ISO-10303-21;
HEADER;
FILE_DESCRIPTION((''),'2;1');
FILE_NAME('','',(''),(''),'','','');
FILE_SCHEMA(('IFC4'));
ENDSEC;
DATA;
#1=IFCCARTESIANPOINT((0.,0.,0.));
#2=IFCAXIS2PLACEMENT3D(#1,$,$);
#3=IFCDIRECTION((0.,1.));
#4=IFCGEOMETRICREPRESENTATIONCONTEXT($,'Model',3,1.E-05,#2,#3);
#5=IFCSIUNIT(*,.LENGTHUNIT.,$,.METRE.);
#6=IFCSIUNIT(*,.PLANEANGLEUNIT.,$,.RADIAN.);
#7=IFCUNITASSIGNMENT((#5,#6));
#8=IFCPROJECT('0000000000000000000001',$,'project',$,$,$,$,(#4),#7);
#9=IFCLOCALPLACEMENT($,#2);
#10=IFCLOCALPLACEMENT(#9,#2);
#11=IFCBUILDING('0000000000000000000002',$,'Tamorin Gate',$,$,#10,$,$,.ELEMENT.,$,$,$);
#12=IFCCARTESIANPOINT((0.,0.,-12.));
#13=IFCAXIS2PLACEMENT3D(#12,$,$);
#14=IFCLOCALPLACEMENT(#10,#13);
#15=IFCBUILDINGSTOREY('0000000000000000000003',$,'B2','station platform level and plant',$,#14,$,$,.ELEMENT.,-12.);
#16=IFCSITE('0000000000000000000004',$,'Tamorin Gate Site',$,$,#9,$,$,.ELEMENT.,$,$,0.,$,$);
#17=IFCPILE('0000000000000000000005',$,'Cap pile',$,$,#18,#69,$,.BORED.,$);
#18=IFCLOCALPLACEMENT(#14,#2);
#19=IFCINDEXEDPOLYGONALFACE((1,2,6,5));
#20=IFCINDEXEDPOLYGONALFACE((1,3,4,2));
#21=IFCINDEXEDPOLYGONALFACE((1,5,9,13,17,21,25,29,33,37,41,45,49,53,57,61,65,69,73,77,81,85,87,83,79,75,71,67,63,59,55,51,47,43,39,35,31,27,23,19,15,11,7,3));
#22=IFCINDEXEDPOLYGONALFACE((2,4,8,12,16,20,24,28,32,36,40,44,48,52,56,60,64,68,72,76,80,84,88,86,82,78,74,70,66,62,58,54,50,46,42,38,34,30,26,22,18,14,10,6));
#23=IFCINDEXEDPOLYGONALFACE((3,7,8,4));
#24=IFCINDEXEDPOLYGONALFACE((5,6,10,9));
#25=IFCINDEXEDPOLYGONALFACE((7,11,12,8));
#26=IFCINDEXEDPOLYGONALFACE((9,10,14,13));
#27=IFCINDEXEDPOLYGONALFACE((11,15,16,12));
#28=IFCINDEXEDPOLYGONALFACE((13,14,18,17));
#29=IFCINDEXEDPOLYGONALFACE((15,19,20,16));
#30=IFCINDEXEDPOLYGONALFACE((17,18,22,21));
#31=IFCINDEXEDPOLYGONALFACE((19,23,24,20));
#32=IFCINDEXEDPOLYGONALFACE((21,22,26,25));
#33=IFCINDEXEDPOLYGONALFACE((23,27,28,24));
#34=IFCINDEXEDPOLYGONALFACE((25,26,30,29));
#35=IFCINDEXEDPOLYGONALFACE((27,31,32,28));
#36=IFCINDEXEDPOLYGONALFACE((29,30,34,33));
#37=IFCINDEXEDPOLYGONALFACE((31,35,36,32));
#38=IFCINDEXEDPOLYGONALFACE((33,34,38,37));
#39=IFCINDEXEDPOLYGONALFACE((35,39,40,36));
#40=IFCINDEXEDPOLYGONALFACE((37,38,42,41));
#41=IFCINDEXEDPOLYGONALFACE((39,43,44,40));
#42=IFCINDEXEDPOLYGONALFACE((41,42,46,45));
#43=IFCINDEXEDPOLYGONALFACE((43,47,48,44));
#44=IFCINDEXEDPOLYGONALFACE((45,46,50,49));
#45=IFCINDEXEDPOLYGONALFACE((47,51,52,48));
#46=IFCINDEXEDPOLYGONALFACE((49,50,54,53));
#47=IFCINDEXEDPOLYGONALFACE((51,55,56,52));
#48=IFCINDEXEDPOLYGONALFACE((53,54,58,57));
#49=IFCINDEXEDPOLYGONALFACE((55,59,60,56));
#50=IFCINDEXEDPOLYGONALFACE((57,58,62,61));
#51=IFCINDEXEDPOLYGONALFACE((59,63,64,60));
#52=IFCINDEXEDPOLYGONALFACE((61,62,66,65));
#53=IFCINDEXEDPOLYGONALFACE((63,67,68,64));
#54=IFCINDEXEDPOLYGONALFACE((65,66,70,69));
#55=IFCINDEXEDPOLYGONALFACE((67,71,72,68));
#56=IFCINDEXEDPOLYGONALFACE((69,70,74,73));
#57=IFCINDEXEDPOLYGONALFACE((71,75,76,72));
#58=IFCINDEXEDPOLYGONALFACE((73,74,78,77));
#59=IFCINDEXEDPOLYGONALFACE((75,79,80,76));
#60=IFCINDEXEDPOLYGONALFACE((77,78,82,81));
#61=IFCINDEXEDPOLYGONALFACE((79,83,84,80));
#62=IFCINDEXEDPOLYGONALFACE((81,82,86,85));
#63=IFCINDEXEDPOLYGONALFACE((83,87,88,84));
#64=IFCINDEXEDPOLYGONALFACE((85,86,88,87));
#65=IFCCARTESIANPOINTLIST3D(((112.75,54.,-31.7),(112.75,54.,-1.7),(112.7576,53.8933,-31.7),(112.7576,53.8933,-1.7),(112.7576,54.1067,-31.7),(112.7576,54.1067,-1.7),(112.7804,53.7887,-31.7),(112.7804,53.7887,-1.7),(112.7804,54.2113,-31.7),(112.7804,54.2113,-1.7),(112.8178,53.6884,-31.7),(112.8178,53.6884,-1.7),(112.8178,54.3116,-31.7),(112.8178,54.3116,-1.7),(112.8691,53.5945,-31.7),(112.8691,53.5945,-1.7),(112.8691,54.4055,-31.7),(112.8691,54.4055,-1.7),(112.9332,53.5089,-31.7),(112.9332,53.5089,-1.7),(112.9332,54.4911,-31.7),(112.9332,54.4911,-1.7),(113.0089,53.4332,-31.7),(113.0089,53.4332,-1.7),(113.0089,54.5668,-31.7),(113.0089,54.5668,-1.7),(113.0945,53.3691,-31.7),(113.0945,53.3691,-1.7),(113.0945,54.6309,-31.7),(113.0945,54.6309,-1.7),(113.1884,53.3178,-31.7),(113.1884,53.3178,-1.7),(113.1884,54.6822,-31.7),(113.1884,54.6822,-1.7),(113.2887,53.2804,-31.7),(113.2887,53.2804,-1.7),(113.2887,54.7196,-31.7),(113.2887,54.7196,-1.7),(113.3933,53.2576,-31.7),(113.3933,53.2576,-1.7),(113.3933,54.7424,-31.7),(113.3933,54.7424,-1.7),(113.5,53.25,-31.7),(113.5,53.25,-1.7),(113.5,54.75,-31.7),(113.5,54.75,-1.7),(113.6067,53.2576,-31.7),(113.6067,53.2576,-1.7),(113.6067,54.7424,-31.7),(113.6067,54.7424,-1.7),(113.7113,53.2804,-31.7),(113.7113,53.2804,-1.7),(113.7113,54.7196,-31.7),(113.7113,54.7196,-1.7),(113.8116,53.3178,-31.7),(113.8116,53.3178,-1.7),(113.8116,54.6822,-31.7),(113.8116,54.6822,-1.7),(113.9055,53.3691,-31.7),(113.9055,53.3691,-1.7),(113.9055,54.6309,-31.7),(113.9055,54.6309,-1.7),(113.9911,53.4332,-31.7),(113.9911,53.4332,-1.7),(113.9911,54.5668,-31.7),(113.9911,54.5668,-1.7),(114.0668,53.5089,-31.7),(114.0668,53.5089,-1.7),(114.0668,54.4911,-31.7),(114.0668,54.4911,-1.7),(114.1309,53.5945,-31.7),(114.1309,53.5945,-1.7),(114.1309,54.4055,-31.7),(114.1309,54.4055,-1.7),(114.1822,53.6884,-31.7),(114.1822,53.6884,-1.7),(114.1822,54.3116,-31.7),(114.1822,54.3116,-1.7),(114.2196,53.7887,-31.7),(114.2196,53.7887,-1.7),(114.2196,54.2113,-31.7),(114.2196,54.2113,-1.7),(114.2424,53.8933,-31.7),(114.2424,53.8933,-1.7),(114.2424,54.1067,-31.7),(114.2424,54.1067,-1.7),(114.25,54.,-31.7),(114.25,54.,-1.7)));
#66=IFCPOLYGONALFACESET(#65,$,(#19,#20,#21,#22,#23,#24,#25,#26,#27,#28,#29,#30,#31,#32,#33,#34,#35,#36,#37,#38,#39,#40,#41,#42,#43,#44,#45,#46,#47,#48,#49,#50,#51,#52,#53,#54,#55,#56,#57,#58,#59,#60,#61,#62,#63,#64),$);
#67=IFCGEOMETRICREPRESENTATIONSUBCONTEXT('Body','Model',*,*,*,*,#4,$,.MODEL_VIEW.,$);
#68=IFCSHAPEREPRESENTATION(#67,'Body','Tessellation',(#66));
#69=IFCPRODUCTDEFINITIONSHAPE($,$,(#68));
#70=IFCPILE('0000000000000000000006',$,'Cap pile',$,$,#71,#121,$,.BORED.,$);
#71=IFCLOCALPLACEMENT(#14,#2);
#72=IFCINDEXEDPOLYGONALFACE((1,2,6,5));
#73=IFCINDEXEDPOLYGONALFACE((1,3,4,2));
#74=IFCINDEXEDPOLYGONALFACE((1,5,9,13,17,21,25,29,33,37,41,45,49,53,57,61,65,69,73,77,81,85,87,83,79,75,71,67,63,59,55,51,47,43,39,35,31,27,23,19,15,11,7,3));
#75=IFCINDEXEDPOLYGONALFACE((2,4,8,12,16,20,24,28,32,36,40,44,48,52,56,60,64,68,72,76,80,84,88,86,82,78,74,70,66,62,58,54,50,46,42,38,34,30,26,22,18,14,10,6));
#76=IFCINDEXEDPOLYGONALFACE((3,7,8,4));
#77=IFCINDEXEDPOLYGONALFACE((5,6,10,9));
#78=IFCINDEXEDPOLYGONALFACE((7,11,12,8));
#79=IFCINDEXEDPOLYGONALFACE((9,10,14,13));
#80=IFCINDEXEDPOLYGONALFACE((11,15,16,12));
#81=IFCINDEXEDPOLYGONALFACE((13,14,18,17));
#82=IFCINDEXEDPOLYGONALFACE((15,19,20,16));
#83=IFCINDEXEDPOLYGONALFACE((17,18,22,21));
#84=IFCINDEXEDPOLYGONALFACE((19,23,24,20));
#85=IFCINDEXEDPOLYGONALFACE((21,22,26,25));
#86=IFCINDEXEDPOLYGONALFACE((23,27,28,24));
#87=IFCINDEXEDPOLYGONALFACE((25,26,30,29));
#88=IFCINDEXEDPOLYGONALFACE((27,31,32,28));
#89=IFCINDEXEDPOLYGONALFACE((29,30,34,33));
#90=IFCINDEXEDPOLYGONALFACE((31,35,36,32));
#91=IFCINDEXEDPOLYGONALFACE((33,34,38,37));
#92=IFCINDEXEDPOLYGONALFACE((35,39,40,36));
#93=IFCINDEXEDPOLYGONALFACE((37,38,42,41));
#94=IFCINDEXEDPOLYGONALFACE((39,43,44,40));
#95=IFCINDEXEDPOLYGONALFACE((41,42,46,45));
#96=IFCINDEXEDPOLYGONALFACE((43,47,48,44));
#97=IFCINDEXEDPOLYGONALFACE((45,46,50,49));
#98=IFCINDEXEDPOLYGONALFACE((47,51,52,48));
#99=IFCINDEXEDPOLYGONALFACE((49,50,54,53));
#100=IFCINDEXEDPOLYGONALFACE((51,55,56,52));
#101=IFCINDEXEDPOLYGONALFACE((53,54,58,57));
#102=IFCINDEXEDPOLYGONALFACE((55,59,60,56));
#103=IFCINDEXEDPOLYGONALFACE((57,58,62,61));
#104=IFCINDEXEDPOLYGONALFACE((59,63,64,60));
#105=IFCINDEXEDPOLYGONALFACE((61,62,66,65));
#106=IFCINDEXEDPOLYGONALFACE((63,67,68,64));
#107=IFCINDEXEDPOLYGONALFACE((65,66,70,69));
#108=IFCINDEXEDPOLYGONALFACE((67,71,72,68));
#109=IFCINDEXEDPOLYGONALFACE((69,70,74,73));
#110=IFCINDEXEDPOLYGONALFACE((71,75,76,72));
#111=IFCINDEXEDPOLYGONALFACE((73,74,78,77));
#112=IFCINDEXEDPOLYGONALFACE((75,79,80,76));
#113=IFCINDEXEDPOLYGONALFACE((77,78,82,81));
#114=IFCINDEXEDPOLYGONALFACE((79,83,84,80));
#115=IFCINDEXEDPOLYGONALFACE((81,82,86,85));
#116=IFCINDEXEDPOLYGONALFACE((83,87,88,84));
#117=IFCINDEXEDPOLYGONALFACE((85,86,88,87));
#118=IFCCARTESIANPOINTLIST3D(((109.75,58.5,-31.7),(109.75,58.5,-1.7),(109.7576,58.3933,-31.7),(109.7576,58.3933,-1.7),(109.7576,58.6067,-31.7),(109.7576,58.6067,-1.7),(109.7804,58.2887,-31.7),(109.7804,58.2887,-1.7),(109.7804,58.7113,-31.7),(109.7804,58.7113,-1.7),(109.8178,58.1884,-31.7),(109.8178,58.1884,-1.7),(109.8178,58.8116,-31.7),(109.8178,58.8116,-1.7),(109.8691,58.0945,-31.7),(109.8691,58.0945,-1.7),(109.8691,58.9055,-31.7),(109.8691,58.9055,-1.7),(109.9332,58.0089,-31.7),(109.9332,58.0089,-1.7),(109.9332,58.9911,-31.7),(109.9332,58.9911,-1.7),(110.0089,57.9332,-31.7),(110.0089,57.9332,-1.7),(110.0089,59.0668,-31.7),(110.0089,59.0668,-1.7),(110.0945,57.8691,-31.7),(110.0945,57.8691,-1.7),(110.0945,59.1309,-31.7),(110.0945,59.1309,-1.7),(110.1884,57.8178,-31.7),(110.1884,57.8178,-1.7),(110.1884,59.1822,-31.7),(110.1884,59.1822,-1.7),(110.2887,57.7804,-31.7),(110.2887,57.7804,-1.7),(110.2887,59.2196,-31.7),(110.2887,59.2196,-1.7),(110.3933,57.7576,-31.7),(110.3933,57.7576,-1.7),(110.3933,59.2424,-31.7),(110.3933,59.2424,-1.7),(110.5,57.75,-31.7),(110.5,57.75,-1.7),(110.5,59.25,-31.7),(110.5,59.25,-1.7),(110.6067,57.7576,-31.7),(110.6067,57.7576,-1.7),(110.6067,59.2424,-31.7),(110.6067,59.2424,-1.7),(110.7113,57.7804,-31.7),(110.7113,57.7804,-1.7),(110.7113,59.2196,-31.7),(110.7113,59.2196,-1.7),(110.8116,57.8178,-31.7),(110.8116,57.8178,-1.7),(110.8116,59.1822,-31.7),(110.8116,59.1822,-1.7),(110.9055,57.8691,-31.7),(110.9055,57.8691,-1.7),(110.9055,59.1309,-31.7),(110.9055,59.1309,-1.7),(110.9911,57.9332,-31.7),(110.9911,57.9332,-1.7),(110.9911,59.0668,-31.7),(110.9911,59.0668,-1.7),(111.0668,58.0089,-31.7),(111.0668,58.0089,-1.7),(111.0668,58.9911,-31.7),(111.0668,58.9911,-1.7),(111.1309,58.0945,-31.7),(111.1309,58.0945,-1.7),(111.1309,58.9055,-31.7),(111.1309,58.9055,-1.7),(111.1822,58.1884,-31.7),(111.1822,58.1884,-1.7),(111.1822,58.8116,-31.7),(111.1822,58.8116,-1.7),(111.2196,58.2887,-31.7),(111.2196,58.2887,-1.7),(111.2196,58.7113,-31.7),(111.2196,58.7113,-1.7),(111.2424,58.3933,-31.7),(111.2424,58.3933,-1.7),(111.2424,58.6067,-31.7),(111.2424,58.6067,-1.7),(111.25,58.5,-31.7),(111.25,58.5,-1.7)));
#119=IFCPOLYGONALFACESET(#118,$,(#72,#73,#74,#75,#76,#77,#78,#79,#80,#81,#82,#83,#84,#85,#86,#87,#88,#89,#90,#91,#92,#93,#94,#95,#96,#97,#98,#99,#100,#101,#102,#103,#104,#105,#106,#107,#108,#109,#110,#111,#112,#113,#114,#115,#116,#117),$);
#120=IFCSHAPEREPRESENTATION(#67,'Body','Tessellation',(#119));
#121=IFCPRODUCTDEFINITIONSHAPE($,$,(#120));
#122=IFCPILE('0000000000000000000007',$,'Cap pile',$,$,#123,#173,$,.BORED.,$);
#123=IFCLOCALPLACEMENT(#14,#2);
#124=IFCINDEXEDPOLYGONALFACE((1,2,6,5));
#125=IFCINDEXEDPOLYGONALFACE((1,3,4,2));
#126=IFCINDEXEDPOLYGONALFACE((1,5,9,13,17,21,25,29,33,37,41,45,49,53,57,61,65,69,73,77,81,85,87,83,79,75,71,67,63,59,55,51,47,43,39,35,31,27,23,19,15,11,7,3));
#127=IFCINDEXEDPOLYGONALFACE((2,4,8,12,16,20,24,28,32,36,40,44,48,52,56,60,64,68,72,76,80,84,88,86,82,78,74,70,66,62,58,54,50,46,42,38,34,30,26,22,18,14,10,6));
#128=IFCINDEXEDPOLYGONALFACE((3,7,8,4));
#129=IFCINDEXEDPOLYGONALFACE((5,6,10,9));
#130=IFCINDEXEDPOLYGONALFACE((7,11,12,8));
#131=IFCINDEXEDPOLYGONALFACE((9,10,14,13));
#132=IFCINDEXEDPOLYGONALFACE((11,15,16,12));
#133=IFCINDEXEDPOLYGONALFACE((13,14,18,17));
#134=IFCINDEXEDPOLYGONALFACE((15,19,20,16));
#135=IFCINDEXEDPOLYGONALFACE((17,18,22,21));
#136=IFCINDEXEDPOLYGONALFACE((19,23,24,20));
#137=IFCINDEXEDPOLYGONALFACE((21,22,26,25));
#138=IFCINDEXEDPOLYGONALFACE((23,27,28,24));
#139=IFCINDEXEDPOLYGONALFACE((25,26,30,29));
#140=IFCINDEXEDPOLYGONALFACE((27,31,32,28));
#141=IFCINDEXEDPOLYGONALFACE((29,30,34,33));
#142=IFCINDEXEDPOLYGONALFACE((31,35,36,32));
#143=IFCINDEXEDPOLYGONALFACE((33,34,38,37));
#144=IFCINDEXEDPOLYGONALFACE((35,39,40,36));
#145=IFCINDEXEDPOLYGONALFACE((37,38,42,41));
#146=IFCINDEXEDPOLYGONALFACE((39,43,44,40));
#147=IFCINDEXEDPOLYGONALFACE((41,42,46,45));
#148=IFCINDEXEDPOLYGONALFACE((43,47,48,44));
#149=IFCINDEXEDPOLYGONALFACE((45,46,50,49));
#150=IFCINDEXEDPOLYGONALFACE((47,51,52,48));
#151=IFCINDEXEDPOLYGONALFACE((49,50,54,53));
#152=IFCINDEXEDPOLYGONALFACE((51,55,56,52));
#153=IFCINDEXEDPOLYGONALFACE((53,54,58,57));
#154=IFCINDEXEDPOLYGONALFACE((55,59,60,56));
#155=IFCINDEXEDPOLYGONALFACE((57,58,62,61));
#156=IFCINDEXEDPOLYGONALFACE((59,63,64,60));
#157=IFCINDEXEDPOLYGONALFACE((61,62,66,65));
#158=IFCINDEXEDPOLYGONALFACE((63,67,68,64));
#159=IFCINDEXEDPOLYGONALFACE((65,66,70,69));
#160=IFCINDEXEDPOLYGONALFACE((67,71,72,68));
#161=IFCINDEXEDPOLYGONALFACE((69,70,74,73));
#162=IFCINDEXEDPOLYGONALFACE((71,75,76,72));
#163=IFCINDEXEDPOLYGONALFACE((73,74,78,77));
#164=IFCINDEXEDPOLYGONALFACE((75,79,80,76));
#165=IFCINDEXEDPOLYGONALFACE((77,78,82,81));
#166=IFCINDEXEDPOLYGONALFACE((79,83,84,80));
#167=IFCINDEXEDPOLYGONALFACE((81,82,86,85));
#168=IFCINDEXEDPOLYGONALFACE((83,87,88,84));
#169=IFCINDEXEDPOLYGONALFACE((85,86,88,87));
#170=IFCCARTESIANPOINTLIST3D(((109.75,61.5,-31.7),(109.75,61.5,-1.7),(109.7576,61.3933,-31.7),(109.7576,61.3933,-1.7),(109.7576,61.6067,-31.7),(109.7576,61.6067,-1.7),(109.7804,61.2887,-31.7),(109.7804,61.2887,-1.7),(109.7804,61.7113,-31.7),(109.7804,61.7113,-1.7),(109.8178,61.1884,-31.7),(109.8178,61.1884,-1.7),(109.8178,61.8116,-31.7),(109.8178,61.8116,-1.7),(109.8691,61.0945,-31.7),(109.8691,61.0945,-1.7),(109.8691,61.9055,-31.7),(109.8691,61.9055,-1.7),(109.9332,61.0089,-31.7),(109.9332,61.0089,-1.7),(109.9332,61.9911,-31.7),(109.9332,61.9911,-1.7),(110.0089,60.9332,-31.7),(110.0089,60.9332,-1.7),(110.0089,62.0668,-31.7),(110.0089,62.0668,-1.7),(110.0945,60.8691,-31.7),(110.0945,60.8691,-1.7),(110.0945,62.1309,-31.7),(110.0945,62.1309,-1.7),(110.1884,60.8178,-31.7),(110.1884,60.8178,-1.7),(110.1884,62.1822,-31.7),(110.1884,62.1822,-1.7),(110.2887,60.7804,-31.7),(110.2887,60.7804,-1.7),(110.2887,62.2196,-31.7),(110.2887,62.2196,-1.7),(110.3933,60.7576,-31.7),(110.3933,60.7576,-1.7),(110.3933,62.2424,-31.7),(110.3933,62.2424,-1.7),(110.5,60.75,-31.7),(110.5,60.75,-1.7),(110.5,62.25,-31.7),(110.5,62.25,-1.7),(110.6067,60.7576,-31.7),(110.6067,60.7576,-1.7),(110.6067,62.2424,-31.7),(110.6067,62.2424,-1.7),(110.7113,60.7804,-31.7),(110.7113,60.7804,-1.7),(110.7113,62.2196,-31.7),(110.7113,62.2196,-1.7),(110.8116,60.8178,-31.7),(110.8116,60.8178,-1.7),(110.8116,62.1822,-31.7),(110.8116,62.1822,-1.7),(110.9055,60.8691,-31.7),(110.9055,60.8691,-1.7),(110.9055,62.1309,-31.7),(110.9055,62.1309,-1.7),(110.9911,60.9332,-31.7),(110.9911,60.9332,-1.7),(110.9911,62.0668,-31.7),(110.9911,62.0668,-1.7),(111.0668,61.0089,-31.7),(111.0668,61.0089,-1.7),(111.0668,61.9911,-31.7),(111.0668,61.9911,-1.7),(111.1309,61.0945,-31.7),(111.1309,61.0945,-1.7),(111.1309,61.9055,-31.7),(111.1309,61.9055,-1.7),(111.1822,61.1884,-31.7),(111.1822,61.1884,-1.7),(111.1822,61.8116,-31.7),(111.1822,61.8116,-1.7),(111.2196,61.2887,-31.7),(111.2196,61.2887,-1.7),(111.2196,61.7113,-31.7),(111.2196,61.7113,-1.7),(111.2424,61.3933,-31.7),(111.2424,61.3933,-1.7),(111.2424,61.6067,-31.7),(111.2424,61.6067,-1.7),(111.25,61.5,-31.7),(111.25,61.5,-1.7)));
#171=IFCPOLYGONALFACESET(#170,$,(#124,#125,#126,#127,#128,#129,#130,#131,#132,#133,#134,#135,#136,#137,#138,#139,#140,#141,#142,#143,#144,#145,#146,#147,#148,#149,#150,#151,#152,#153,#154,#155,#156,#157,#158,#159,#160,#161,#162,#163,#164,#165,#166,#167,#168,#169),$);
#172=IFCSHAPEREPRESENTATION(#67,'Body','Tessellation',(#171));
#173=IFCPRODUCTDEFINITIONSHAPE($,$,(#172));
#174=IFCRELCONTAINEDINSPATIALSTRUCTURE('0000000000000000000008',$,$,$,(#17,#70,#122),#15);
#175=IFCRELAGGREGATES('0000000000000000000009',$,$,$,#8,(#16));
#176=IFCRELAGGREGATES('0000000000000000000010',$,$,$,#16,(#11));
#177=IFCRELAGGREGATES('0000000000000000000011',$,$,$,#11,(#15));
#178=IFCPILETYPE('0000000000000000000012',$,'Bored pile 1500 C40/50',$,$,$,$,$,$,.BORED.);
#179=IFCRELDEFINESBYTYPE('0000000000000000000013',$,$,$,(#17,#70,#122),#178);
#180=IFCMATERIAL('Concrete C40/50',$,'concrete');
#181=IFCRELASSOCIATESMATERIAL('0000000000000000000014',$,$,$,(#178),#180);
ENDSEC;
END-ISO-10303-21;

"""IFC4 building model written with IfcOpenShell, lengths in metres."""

from ifc_helpers import new_model, si_unit, direction, frame, origin, origin_2d, place, context, subcontext, project, spatial, circle, extrude, material, material_profile, profile_set, type_object, element, save


model = new_model("IFC4")

# Units and contexts
model_context = context("Model", 3, precision=1e-05, world=origin(), true_north=direction((0.0, 1.0)))
body_context = subcontext(model_context, "Body", "Model", "MODEL_VIEW")
ifc_project = project(units=[si_unit("LENGTHUNIT", "METRE"), si_unit("PLANEANGLEUNIT", "RADIAN")], contexts=[model_context])

# Site, building, storey
site_placement = place(None, origin())
site = spatial("IfcSite", under=ifc_project, at=site_placement, Name="Tamorin Gate Site", CompositionType="ELEMENT", RefElevation=0.0)
building_placement = place(site_placement, origin())
building = spatial("IfcBuilding", under=site, at=building_placement, Name="Tamorin Gate", CompositionType="ELEMENT")
storey_placement = place(building_placement, frame((0.0, 0.0, -12.0)))
storey = spatial("IfcBuildingStorey", under=building, at=storey_placement, Name="B2", Description="station platform level and plant", CompositionType="ELEMENT", Elevation=-12.0)

# Piles
ifc_material_1 = material(Name="Concrete C40/50", Category="concrete")
ifc_material_profile_1 = material_profile(ifc_material_1, circle(Radius=0.75, at=origin_2d()))
ifc_profile_set_1 = profile_set([ifc_material_profile_1], Name="Concrete C40/50")
pile_type = type_object("IfcPileType", Name="Bored pile 1500 C40/50", PredefinedType="BORED", material=ifc_profile_set_1)
for number, where, z_axis, x_axis, name in (
    (1, (113.5, 54.0, -1.7), (0.0, 0.0, -1.0), (1.0, 0.0, 0.0), "Cap pile"),
    (2, (110.5, 58.5, -1.7), (0.0, 0.0, -1.0), (1.0, 0.0, 0.0), "Cap pile"),
    (3, (110.5, 61.5, -1.7), (0.0, 0.0, -1.0), (1.0, 0.0, 0.0), "Cap pile"),
):
    element("IfcPile", number, at=place(storey_placement, frame(where, z_axis=z_axis, x_axis=x_axis)), inside=storey, type_object=pile_type, Name=name, PredefinedType="BORED", context=body_context, shape_type="SweptSolid", body=[
        extrude(circle(Radius=0.75, at=origin_2d()), origin(), (0.0, 0.0, 1.0), 30.0),
    ])

save(model, "model.ifc")
